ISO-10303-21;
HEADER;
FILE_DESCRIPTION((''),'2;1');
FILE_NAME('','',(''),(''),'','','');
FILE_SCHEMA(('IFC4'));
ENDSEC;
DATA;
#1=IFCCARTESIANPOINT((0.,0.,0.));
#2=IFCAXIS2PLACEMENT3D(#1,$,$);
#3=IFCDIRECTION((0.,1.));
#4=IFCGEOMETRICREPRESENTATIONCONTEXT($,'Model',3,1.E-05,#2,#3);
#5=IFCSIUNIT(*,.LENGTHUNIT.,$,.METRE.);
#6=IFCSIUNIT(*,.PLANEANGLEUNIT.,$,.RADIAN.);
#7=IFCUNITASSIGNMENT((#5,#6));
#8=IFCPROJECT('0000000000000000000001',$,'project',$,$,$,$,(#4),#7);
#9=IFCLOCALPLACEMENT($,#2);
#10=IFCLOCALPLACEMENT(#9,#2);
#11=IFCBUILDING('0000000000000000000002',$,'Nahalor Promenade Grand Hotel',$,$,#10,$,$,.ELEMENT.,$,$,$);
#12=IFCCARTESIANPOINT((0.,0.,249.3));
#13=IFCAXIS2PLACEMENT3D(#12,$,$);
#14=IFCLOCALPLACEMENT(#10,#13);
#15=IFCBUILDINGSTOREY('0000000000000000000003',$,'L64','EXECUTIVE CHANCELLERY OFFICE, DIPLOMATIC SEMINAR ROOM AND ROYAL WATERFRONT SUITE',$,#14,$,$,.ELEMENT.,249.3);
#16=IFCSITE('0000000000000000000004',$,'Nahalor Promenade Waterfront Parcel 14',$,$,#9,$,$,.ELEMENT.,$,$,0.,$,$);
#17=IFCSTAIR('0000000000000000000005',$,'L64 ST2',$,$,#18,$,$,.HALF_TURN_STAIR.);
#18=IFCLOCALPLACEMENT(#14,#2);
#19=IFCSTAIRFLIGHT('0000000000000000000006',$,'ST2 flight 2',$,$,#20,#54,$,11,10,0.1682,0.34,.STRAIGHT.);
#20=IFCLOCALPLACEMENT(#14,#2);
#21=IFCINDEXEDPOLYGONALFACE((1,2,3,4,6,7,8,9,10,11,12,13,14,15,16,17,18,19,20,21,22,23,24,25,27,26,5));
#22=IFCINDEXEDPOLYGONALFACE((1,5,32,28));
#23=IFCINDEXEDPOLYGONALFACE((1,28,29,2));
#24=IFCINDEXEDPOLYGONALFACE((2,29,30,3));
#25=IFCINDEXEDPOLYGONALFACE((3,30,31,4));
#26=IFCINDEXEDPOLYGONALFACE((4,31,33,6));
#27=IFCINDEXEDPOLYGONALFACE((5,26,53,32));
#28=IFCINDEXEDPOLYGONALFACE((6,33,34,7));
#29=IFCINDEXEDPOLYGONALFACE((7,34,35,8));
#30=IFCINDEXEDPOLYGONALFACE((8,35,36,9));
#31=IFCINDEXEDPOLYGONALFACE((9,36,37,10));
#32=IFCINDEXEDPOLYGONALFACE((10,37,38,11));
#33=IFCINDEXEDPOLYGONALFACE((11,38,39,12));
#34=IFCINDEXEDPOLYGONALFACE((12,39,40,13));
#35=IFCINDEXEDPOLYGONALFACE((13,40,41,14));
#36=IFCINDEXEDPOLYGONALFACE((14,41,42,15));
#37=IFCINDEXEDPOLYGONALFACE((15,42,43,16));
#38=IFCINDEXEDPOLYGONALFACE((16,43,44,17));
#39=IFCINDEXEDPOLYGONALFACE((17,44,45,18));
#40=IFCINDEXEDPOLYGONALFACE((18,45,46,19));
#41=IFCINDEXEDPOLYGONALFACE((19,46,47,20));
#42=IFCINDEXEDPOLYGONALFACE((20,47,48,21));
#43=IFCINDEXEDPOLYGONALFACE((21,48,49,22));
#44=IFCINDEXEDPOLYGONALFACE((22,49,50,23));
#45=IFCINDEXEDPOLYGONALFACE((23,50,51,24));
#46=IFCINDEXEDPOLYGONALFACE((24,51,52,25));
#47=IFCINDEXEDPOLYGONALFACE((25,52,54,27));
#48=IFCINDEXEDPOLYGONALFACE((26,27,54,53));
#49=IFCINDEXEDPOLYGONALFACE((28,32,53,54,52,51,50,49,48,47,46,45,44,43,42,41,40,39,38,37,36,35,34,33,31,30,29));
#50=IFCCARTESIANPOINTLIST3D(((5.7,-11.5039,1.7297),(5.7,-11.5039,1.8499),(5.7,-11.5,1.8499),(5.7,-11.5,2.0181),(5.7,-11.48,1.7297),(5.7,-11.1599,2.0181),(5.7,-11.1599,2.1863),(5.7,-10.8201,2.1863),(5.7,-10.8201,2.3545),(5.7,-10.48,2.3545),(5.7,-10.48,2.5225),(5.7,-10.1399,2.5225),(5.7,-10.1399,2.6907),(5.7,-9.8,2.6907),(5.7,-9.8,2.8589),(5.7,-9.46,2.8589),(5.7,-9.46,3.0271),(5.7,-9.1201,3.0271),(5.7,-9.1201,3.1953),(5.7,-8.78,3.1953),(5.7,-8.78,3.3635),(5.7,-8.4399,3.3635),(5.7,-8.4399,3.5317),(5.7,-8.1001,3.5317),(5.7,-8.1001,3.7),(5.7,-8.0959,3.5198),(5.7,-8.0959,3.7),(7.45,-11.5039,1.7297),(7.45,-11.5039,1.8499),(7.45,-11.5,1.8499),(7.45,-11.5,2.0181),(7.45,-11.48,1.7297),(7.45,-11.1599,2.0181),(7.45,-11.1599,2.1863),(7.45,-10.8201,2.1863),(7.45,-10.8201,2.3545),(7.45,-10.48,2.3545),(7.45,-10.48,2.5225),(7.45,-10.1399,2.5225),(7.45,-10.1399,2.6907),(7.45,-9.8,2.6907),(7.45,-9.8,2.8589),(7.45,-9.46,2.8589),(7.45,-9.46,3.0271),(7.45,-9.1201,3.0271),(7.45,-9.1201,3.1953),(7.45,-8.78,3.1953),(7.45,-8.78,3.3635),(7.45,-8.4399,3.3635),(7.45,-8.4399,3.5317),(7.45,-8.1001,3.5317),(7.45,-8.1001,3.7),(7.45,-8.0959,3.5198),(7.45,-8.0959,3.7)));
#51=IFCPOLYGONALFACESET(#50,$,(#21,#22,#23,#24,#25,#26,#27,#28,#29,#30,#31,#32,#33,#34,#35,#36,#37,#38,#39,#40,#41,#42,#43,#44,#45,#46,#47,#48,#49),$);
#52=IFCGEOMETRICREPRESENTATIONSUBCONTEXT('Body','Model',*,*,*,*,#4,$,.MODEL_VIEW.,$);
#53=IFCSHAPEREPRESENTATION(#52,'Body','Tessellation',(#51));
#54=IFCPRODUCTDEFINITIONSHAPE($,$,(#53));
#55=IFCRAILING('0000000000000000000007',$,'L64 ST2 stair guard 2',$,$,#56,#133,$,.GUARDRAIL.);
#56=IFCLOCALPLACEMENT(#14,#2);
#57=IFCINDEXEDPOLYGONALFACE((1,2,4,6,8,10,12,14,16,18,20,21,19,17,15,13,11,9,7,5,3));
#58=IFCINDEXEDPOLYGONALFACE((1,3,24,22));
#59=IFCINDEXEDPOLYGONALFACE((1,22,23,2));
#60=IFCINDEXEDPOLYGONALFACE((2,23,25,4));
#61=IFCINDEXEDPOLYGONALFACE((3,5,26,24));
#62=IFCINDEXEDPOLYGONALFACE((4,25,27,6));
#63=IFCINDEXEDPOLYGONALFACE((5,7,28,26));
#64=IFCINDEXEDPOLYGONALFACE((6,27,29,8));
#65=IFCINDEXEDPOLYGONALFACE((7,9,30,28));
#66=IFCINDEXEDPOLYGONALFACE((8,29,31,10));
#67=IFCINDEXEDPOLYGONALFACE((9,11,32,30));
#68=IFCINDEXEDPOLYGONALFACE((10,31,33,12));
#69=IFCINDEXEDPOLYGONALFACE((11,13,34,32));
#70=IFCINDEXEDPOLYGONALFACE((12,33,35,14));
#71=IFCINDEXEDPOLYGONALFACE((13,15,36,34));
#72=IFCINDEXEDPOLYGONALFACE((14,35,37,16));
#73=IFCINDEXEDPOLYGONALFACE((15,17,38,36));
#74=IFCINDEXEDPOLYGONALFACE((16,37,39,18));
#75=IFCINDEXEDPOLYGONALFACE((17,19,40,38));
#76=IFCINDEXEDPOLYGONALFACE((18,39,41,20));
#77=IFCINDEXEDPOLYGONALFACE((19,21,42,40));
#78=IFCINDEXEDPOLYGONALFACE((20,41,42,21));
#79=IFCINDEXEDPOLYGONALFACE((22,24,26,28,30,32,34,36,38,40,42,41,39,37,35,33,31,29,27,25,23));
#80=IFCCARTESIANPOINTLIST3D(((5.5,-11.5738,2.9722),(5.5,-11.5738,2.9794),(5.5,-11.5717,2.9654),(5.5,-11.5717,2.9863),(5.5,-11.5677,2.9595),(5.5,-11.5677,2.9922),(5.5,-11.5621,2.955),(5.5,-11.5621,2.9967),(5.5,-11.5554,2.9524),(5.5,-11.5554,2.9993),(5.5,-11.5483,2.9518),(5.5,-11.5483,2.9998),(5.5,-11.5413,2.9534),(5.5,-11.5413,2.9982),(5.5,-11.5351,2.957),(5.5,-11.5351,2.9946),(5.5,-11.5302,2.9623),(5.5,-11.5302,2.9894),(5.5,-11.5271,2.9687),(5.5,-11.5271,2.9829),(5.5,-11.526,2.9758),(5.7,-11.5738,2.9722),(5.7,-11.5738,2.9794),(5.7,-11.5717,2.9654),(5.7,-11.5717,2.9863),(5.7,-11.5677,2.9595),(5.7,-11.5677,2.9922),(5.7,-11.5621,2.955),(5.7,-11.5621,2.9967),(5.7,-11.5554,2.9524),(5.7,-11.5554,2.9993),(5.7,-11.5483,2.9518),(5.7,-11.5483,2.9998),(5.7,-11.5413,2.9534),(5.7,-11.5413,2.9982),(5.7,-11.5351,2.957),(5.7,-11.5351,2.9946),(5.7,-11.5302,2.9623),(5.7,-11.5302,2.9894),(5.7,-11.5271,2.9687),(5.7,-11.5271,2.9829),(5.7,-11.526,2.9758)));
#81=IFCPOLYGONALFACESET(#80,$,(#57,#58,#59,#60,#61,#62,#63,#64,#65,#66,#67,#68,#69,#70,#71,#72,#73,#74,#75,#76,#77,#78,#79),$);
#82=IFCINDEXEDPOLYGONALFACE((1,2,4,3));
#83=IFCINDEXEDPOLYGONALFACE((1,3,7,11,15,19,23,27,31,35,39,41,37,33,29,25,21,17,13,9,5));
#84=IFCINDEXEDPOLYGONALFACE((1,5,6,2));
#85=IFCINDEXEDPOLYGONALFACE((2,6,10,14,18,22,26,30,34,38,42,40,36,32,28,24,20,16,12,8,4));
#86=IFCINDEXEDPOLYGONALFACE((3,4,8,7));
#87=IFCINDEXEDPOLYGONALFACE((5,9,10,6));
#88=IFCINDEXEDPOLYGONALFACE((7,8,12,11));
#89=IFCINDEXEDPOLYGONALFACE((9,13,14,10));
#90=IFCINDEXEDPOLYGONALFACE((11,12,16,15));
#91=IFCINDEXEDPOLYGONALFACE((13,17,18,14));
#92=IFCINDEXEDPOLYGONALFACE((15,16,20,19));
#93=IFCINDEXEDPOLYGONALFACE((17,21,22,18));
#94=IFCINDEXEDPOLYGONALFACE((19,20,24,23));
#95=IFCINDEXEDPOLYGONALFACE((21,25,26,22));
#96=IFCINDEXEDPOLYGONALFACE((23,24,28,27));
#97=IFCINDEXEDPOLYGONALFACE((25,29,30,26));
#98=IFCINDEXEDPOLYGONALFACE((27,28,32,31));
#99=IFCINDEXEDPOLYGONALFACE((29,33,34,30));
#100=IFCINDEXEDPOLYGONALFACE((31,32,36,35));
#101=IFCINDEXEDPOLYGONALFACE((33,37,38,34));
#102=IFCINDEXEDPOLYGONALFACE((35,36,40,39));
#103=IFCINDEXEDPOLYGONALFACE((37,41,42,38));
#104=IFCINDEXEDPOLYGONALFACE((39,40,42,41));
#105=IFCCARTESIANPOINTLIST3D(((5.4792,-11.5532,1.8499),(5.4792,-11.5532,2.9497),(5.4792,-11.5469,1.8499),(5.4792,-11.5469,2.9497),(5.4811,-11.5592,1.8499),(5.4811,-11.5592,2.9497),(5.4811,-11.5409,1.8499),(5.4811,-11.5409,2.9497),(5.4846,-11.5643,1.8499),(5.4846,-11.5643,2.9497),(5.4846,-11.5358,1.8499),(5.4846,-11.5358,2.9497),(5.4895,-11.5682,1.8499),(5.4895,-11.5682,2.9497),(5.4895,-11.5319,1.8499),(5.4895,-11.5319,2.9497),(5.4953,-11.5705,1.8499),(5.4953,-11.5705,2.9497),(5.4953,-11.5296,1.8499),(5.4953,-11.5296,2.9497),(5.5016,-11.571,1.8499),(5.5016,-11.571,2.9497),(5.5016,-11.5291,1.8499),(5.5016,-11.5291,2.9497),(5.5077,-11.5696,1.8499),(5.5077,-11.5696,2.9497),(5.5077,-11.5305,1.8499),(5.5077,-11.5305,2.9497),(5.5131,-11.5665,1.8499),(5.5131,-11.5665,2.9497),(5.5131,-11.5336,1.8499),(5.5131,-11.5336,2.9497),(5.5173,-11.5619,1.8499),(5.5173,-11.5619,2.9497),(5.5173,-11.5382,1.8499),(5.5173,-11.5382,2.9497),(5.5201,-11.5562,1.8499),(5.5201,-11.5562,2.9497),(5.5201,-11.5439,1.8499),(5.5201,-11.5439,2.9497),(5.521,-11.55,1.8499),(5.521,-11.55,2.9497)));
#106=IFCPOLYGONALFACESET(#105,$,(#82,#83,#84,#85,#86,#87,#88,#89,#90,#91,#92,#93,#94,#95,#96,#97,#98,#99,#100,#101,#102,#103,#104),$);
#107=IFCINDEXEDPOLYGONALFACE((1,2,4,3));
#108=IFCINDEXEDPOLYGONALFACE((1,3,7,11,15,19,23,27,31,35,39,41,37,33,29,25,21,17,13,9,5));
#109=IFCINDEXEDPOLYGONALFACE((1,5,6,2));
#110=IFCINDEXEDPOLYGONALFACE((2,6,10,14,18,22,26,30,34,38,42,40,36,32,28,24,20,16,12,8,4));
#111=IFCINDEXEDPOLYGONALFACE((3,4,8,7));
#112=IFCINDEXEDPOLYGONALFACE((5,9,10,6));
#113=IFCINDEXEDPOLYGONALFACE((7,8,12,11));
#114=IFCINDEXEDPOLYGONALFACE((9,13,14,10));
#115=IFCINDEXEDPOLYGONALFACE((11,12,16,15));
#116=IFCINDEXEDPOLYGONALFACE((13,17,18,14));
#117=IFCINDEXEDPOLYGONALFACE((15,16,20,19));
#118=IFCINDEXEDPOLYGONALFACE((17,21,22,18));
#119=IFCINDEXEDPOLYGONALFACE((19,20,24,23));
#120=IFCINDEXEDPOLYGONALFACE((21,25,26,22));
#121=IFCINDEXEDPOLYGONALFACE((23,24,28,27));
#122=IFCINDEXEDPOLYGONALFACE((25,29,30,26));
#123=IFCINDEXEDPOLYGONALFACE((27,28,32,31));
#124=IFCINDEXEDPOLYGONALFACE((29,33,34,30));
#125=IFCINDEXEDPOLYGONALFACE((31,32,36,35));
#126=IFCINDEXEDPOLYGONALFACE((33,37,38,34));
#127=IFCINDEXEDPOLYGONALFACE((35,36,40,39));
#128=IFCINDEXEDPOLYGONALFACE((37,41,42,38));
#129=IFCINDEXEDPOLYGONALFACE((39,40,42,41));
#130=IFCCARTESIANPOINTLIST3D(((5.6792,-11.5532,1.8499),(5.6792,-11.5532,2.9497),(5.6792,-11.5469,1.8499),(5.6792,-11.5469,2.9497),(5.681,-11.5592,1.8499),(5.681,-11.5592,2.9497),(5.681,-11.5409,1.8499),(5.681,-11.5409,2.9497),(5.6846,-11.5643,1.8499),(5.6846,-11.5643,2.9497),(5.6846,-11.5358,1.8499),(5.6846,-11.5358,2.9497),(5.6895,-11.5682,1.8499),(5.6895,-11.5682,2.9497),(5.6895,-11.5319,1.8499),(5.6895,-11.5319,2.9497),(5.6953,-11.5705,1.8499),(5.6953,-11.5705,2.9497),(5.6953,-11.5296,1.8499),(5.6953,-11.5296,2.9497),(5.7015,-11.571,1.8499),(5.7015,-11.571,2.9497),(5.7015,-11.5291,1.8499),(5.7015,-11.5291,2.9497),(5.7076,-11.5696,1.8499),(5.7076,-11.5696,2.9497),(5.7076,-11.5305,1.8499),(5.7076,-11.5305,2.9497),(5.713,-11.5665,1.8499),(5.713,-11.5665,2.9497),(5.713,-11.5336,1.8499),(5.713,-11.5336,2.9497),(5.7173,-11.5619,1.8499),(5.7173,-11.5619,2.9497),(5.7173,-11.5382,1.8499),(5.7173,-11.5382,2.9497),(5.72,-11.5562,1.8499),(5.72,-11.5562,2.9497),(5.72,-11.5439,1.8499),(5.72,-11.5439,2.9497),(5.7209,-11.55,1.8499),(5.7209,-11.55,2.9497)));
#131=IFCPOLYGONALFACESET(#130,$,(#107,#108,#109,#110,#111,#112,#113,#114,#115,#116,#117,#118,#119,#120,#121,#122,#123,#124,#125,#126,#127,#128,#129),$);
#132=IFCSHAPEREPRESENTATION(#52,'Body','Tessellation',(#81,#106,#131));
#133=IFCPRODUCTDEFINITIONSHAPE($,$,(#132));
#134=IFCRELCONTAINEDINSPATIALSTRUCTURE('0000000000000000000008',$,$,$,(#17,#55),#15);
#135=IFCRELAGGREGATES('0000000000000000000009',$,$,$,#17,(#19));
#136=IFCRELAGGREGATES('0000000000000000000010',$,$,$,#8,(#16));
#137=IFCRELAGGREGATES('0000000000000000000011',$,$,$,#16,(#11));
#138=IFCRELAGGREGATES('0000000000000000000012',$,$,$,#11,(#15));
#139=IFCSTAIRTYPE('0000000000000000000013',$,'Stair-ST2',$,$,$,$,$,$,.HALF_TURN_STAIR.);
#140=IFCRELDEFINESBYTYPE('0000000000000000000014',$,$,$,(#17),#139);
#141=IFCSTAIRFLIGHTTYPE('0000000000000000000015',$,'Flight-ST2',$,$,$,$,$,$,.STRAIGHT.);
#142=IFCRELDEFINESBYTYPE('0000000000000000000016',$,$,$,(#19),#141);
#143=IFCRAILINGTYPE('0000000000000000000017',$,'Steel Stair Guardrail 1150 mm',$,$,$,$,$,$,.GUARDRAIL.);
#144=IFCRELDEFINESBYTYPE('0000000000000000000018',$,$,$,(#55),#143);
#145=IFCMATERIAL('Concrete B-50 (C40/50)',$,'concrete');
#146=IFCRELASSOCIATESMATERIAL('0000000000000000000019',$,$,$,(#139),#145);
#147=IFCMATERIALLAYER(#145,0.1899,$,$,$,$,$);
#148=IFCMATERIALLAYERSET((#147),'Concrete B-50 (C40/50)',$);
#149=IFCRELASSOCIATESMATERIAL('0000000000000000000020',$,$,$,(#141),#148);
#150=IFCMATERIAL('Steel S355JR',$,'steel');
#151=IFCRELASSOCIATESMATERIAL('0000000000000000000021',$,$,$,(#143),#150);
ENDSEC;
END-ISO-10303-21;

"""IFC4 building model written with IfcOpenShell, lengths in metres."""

from ifc_helpers import new_model, si_unit, direction, frame, origin, origin_2d, place, context, subcontext, project, spatial, polyline, circle, outline, extrude, source, transform, mapped, material, layer, layer_set, type_object, element, aggregate, save


model = new_model("IFC4")

# Units and contexts
model_context = context("Model", 3, precision=1e-05, world=origin(), true_north=direction((0.0, 1.0)))
body_context = subcontext(model_context, "Body", "Model", "MODEL_VIEW")
ifc_project = project(units=[si_unit("LENGTHUNIT", "METRE"), si_unit("PLANEANGLEUNIT", "RADIAN")], contexts=[model_context])

# Site, building, storey
site_placement = place(None, origin())
site = spatial("IfcSite", under=ifc_project, at=site_placement, Name="Nahalor Promenade Waterfront Parcel 14", CompositionType="ELEMENT", RefElevation=0.0)
building_placement = place(site_placement, origin())
building = spatial("IfcBuilding", under=site, at=building_placement, Name="Nahalor Promenade Grand Hotel", CompositionType="ELEMENT")
storey_placement = place(building_placement, frame((0.0, 0.0, 249.3)))
storey = spatial("IfcBuildingStorey", under=building, at=storey_placement, Name="L64", Description="EXECUTIVE CHANCELLERY OFFICE, DIPLOMATIC SEMINAR ROOM AND ROYAL WATERFRONT SUITE", CompositionType="ELEMENT", Elevation=249.3)

# Shared definitions
ifc_material_1 = material(Name="Steel S355JR", Category="steel")

# Shared definitions
ifc_material_2 = material(Name="Concrete B-50 (C40/50)", Category="concrete")

# Stair, stair flight
stair_type = type_object("IfcStairType", Name="Stair-ST2", PredefinedType="HALF_TURN_STAIR", material=ifc_material_2)
stair_placement = place(storey_placement, origin())
stair = element("IfcStair", 1, at=stair_placement, inside=storey, type_object=stair_type, Name="L64 ST2", PredefinedType="HALF_TURN_STAIR")
ifc_layer_1 = layer(ifc_material_2, 0.1899)
ifc_layer_set_1 = layer_set([ifc_layer_1], Name="Concrete B-50 (C40/50)")
stair_flight_type = type_object("IfcStairFlightType", Name="Flight-ST2", PredefinedType="STRAIGHT", material=ifc_layer_set_1)
shared_shape_1 = source(origin(), body_context, "Body", "SweptSolid", [
    extrude(outline(polyline([(-0.0039, -0.1201), (-0.0039, 0.0), (0.0, 0.0), (0.0, 0.1682), (0.3401, 0.1682), (0.3401, 0.3364), (0.6799, 0.3364), (0.6799, 0.5046), (1.02, 0.5046), (1.02, 0.6726), (1.3601, 0.6726), (1.3601, 0.8408), (1.7, 0.8408), (1.7, 1.009), (2.04, 1.009), (2.04, 1.1772), (2.3799, 1.1772), (2.3799, 1.3455), (2.72, 1.3455), (2.72, 1.5137), (3.0601, 1.5137), (3.0601, 1.6819), (3.3999, 1.6819), (3.3999, 1.8501), (3.4041, 1.8501), (3.4041, 1.6699), (0.02, -0.1201), (-0.0039, -0.1201)])), frame((0.0, 0.875, 0.0), z_axis=(0.0, -1.0, 0.0), x_axis=(1.0, 0.0, 0.0)), (0.0, 0.0, 1.0), 1.75),
])
stair_flight_placement = place(storey_placement, frame((6.575, -11.5, 1.8499), z_axis=(0.0, 0.0, 1.0), x_axis=(0.0, 1.0, 0.0)))
stair_flight = element("IfcStairFlight", 2, at=stair_flight_placement, type_object=stair_flight_type, Name="ST2 flight 2", NumberOfRisers=11, NumberOfTreads=10, PredefinedType="STRAIGHT", RiserHeight=0.1682, TreadLength=0.34, context=body_context, shape_type="MappedRepresentation", body=[
    mapped(shared_shape_1, transform((0.0, 0.0, 0.0), scale=1.0)),
])
aggregate(stair, [stair_flight])

# Railing
railing_type_1 = type_object("IfcRailingType", Name="Steel Stair Guardrail 1150 mm", PredefinedType="GUARDRAIL", material=ifc_material_1)
railing_1_placement = place(storey_placement, frame((5.5, -11.55, 1.8499)))
element("IfcRailing", 3, at=railing_1_placement, inside=storey, type_object=railing_type_1, Name="L64 ST2 stair guard 2", PredefinedType="GUARDRAIL", context=body_context, shape_type="SweptSolid", body=[
    extrude(circle(Radius=0.024, at=origin_2d()), frame((0.0, 0.0, 1.126), z_axis=(1.0, 0.0, 0.0), x_axis=(0.0, 1.0, 0.0)), (0.0, 0.0, 1.0), 0.2),
    extrude(circle(Radius=0.021, at=origin_2d()), origin(), (0.0, 0.0, 1.0), 1.0999),
    extrude(circle(Radius=0.021, at=origin_2d()), frame((0.2, 0.0, 0.0)), (0.0, 0.0, 1.0), 1.0999),
])

save(model, "model.ifc")
